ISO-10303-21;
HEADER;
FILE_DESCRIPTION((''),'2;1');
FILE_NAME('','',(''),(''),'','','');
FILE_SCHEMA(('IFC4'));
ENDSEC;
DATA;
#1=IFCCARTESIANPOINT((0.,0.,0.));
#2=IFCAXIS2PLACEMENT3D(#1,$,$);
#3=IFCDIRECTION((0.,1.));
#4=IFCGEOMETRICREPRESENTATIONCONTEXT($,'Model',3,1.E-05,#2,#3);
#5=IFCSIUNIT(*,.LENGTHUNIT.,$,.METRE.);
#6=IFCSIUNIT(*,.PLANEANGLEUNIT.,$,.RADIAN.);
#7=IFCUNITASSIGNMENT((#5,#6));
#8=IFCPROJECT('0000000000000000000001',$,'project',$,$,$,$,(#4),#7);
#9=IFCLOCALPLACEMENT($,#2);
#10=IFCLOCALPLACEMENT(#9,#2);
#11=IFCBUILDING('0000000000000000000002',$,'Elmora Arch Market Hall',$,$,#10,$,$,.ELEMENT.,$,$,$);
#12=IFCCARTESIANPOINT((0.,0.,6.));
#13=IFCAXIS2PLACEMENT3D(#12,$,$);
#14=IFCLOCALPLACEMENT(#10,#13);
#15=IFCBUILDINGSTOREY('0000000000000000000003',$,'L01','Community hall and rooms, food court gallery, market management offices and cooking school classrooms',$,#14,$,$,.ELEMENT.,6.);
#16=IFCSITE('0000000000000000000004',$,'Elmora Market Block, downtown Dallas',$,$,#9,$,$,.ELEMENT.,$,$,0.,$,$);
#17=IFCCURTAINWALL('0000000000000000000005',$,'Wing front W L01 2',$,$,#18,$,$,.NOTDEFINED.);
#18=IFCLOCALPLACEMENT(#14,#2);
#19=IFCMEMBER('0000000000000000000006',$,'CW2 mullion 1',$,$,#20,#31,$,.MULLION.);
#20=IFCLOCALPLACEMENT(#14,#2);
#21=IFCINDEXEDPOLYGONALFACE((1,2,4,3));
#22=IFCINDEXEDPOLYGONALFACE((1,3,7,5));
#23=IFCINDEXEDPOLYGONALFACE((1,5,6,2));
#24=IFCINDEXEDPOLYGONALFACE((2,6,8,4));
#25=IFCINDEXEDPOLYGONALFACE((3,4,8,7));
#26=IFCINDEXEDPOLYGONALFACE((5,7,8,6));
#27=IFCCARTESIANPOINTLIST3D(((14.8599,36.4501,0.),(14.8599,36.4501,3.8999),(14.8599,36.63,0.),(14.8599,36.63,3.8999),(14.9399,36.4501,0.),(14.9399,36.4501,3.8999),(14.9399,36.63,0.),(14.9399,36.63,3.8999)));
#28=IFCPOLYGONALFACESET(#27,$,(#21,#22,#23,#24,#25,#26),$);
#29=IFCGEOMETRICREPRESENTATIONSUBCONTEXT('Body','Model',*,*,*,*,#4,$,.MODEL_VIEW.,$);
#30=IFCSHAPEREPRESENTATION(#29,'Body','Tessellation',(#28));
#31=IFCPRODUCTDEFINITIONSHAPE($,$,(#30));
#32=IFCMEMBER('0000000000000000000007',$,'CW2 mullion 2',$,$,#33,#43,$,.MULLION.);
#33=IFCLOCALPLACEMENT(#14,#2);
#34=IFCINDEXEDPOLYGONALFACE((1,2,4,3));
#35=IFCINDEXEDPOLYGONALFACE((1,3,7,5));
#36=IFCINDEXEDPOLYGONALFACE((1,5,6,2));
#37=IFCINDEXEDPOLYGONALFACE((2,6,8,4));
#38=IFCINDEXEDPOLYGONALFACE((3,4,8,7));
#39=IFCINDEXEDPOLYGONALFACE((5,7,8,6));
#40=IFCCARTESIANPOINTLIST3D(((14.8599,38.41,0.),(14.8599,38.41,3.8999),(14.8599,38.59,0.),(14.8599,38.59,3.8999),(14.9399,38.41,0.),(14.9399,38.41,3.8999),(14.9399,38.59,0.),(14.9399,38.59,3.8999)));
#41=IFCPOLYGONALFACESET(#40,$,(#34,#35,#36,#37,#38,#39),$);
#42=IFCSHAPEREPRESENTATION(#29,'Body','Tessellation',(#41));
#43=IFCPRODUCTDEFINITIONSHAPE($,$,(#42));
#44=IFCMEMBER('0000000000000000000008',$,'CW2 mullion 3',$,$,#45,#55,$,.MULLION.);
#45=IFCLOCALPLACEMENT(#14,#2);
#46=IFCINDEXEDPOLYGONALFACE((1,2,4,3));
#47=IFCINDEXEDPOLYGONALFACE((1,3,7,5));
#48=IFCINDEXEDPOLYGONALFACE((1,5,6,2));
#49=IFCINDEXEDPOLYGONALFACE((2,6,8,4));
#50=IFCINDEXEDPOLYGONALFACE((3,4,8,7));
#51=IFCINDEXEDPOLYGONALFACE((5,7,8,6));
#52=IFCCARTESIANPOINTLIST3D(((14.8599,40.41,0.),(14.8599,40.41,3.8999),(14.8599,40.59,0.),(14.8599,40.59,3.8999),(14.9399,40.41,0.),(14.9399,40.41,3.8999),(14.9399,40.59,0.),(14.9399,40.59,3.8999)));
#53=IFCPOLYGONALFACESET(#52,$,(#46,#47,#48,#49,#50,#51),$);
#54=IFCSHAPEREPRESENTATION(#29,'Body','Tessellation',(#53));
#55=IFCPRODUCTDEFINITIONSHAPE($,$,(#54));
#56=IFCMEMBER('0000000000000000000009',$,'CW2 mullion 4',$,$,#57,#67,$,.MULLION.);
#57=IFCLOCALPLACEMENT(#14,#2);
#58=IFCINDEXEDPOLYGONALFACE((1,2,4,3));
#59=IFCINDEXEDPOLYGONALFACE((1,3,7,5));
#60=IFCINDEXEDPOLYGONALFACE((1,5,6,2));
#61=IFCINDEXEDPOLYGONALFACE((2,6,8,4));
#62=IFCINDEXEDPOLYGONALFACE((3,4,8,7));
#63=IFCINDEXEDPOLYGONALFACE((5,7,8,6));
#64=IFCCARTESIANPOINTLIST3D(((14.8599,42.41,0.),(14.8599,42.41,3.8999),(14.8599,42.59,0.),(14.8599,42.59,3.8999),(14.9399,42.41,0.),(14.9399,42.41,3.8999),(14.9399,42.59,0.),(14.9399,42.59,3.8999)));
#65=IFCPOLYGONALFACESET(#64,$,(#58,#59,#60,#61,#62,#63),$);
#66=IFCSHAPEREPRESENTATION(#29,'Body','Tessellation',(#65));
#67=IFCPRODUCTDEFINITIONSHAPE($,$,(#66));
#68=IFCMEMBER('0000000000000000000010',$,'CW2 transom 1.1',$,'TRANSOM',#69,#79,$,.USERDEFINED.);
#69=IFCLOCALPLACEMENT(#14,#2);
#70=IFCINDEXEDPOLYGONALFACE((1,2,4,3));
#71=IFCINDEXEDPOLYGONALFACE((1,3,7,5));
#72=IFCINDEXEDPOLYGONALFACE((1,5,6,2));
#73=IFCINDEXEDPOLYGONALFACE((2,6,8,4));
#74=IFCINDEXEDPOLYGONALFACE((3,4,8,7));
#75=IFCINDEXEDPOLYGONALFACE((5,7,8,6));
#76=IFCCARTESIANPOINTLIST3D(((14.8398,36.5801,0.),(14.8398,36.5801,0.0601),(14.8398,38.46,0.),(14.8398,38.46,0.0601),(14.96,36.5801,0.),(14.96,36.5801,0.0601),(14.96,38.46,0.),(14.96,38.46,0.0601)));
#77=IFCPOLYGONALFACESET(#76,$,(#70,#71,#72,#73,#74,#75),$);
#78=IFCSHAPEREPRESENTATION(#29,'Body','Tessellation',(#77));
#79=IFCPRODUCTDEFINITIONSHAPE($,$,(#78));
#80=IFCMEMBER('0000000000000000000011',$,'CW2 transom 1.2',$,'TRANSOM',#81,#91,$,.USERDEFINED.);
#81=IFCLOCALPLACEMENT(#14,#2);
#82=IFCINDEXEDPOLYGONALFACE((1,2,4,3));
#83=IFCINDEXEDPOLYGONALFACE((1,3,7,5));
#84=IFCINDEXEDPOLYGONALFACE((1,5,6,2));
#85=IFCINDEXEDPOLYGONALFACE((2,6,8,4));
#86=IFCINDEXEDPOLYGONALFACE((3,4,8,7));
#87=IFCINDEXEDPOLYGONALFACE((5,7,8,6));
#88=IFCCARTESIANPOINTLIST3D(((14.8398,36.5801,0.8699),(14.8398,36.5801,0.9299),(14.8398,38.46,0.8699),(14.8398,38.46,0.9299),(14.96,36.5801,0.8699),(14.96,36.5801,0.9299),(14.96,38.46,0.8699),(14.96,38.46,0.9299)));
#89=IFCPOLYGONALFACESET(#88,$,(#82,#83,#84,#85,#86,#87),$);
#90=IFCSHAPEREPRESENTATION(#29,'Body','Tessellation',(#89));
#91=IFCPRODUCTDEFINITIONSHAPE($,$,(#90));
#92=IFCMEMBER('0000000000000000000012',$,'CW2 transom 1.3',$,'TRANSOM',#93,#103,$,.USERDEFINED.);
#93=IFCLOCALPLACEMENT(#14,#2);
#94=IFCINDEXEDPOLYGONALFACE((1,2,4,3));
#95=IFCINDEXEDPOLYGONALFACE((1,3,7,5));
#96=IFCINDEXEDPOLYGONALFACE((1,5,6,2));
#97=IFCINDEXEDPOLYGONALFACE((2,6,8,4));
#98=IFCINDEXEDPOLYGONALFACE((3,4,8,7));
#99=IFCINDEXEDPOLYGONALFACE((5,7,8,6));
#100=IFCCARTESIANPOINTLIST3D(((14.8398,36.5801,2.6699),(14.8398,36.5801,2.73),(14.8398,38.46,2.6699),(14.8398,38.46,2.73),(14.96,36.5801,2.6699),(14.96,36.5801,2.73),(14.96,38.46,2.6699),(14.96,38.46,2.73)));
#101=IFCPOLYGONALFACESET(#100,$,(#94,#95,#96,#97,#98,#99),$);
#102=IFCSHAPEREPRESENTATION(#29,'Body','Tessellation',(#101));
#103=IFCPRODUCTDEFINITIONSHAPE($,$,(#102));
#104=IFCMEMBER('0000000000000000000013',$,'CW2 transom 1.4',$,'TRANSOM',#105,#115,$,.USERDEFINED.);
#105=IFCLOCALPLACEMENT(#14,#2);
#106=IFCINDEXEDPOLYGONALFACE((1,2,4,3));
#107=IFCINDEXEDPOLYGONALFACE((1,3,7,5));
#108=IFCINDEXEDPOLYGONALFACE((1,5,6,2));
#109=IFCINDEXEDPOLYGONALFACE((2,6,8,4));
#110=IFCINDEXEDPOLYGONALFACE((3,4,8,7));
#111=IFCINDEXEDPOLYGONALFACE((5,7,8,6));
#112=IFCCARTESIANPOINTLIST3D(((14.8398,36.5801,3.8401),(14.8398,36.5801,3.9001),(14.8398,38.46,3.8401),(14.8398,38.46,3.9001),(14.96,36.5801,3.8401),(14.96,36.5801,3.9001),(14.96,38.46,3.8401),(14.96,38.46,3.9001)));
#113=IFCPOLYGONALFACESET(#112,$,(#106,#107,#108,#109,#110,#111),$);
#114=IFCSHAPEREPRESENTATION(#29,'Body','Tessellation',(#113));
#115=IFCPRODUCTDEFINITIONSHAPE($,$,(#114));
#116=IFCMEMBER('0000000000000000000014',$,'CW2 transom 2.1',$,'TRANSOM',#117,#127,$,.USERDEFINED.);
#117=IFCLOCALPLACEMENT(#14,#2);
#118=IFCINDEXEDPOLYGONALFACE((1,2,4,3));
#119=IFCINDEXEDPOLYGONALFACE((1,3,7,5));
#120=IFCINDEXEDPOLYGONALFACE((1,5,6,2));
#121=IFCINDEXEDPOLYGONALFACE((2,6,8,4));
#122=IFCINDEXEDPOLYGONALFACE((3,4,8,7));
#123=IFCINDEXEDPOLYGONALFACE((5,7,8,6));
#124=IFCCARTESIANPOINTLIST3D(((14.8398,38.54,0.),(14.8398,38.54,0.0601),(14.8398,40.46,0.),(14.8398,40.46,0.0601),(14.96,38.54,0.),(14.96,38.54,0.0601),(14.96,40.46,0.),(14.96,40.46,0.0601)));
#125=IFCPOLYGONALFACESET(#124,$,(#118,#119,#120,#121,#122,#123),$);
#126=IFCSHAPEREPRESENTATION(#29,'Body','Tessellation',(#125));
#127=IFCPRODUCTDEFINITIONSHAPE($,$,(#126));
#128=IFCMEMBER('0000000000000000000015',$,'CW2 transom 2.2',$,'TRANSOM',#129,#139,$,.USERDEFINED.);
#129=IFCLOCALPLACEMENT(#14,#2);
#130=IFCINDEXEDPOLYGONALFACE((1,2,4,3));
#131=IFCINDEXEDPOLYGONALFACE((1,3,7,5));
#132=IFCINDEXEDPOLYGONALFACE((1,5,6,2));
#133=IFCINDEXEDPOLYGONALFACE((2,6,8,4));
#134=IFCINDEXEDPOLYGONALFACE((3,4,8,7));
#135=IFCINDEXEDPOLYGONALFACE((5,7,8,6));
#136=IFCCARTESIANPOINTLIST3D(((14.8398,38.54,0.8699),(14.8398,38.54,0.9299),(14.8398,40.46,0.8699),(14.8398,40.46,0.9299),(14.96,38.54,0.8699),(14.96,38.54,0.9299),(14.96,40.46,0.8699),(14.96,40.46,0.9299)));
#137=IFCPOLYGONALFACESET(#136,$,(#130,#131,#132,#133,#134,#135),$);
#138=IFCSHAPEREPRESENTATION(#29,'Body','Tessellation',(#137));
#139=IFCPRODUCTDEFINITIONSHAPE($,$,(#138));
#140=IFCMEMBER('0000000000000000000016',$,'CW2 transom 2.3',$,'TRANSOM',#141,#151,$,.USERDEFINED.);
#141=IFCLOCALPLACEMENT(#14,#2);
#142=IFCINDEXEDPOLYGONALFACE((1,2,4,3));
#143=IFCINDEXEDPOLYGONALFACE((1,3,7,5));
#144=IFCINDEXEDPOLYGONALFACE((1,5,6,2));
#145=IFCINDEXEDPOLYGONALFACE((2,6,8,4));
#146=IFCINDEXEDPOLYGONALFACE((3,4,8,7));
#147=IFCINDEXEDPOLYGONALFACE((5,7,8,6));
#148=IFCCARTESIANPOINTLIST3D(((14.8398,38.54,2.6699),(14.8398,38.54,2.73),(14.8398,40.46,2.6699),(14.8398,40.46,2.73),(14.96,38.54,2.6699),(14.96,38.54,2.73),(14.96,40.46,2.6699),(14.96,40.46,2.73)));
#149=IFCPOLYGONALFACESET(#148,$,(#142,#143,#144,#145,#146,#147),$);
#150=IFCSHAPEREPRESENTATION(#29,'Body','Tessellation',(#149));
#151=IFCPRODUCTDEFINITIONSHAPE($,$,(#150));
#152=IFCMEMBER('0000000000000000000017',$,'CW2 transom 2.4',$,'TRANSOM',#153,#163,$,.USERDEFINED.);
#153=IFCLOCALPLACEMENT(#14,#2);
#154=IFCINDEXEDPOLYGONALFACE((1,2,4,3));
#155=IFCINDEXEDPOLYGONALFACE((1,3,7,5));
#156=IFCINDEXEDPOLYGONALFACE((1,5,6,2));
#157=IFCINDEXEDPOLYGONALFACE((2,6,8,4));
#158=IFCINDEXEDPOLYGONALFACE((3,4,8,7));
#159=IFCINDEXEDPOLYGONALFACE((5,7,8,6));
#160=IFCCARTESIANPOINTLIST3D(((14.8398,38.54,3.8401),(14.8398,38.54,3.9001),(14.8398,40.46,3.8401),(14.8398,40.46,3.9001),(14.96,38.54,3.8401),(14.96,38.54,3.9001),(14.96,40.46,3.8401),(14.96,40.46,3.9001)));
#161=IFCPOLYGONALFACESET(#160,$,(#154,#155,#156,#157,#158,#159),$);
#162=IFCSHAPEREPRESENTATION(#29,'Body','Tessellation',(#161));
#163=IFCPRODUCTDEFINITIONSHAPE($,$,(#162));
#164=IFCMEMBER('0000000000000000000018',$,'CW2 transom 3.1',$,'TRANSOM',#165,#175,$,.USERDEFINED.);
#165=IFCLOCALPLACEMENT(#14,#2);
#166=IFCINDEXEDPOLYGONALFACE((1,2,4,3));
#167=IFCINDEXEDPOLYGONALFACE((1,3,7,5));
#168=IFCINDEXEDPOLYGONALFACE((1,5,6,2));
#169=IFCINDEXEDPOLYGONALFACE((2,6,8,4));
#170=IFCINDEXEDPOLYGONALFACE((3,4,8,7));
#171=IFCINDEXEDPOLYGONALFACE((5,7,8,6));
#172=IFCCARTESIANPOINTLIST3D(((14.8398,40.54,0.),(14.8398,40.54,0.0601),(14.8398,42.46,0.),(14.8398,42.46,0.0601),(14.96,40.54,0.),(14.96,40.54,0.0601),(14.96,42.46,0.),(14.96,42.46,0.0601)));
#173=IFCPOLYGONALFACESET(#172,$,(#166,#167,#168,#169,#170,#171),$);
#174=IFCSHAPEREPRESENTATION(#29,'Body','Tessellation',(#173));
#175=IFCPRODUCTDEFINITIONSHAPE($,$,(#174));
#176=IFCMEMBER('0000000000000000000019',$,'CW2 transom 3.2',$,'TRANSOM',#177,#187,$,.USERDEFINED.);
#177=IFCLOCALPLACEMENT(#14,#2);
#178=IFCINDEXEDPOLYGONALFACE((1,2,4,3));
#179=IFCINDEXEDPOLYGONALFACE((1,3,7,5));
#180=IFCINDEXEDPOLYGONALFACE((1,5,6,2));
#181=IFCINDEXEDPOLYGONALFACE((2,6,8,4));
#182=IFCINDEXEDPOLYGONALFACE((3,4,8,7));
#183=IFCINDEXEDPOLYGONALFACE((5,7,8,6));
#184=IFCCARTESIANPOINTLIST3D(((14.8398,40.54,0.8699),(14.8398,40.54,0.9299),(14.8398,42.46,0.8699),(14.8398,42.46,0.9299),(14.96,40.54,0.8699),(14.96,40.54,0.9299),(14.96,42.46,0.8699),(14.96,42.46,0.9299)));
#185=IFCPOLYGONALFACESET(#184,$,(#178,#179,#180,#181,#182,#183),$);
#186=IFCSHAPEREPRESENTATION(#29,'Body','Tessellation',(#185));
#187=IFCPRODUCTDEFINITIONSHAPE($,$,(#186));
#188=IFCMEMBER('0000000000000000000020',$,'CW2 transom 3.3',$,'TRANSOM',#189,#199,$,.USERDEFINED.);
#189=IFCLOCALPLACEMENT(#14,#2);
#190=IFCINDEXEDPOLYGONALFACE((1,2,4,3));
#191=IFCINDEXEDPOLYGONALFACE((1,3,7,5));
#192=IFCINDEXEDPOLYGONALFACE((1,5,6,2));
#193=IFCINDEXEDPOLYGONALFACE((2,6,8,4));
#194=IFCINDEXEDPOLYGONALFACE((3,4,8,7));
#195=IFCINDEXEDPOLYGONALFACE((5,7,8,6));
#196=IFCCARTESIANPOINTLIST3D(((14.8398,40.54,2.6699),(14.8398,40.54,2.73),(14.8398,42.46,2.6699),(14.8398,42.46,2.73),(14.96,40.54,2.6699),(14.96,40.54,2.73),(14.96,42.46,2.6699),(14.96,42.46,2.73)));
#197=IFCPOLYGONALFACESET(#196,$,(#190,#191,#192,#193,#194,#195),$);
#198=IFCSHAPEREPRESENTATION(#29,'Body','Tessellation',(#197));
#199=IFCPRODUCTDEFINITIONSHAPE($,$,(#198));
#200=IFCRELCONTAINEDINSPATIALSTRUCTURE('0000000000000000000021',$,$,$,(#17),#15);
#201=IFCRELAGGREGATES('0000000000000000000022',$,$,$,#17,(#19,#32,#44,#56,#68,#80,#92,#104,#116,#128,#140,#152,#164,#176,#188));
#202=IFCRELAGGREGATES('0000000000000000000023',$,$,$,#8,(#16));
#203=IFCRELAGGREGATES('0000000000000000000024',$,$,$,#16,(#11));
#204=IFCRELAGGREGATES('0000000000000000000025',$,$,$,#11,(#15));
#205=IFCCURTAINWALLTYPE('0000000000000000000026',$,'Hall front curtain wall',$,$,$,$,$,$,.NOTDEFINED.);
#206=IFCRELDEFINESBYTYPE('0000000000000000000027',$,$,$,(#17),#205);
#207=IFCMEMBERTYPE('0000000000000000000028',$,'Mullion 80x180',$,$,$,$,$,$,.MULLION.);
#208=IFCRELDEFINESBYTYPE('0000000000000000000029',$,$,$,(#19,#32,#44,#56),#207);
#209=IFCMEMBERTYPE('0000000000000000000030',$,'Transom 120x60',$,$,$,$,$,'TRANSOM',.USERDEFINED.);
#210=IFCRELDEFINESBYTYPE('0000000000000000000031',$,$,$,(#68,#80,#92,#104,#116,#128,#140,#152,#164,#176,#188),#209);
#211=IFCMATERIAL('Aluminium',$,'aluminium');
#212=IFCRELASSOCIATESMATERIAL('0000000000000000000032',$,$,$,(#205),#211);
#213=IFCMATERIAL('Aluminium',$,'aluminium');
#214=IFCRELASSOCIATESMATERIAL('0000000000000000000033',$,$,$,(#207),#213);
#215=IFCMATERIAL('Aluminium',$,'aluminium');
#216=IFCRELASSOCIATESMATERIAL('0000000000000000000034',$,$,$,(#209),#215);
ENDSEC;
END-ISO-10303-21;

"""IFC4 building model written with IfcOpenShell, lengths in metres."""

from ifc_helpers import new_model, si_unit, direction, frame, origin, origin_2d, place, context, subcontext, project, spatial, rectangle, extrude, material, material_profile, profile_set, type_object, element, aggregate, save


model = new_model("IFC4")

# Units and contexts
model_context = context("Model", 3, precision=1e-05, world=origin(), true_north=direction((0.0, 1.0)))
body_context = subcontext(model_context, "Body", "Model", "MODEL_VIEW")
ifc_project = project(units=[si_unit("LENGTHUNIT", "METRE"), si_unit("PLANEANGLEUNIT", "RADIAN")], contexts=[model_context])

# Site, building, storey
site_placement = place(None, origin())
site = spatial("IfcSite", under=ifc_project, at=site_placement, Name="Elmora Market Block, downtown Dallas", CompositionType="ELEMENT", RefElevation=0.0)
building_placement = place(site_placement, origin())
building = spatial("IfcBuilding", under=site, at=building_placement, Name="Elmora Arch Market Hall", CompositionType="ELEMENT")
storey_placement = place(building_placement, frame((0.0, 0.0, 6.0)))
storey = spatial("IfcBuildingStorey", under=building, at=storey_placement, Name="L01", Description="Community hall and rooms, food court gallery, market management offices and cooking school classrooms", CompositionType="ELEMENT", Elevation=6.0)

# Curtain wall, members
ifc_material_1 = material(Name="Aluminium", Category="aluminium")
curtain_wall_type = type_object("IfcCurtainWallType", Name="Hall front curtain wall", PredefinedType="NOTDEFINED", material=ifc_material_1)
curtain_wall_placement = place(storey_placement, origin())
curtain_wall = element("IfcCurtainWall", 1, at=curtain_wall_placement, inside=storey, type_object=curtain_wall_type, Name="Wing front W L01 2", PredefinedType="NOTDEFINED")
ifc_material_2 = material(Name="Aluminium", Category="aluminium")
ifc_material_profile_1 = material_profile(ifc_material_2, rectangle(XDim=0.0801, YDim=0.1799, at=origin_2d()), Name="AL 80x180")
ifc_profile_set_1 = profile_set([ifc_material_profile_1], Name="Aluminium")
member_type_1 = type_object("IfcMemberType", Name="Mullion 80x180", PredefinedType="MULLION", material=ifc_profile_set_1)
member_1_placement = place(storey_placement, frame((14.8999, 36.54, 0.0), z_axis=(0.0, 0.0, 1.0), x_axis=(-1.0, 0.0, 0.0)))
member_1 = element("IfcMember", 2, at=member_1_placement, type_object=member_type_1, Name="CW2 mullion 1", PredefinedType="MULLION", context=body_context, shape_type="SweptSolid", body=[
    extrude(rectangle(XDim=0.0801, YDim=0.1799, at=origin_2d()), origin(), (0.0, 0.0, 1.0), 3.8999),
])
member_2_placement = place(storey_placement, frame((14.8999, 38.5, 0.0), z_axis=(0.0, 0.0, 1.0), x_axis=(-1.0, 0.0, 0.0)))
member_2 = element("IfcMember", 3, at=member_2_placement, type_object=member_type_1, Name="CW2 mullion 2", PredefinedType="MULLION", context=body_context, shape_type="SweptSolid", body=[
    extrude(rectangle(XDim=0.0801, YDim=0.1799, at=origin_2d()), origin(), (0.0, 0.0, 1.0), 3.8999),
])
member_3_placement = place(storey_placement, frame((14.8999, 40.5, 0.0), z_axis=(0.0, 0.0, 1.0), x_axis=(-1.0, 0.0, 0.0)))
member_3 = element("IfcMember", 4, at=member_3_placement, type_object=member_type_1, Name="CW2 mullion 3", PredefinedType="MULLION", context=body_context, shape_type="SweptSolid", body=[
    extrude(rectangle(XDim=0.0801, YDim=0.1799, at=origin_2d()), origin(), (0.0, 0.0, 1.0), 3.8999),
])
member_4_placement = place(storey_placement, frame((14.8999, 42.5, 0.0), z_axis=(0.0, 0.0, 1.0), x_axis=(-1.0, 0.0, 0.0)))
member_4 = element("IfcMember", 5, at=member_4_placement, type_object=member_type_1, Name="CW2 mullion 4", PredefinedType="MULLION", context=body_context, shape_type="SweptSolid", body=[
    extrude(rectangle(XDim=0.0801, YDim=0.1799, at=origin_2d()), origin(), (0.0, 0.0, 1.0), 3.8999),
])
ifc_material_3 = material(Name="Aluminium", Category="aluminium")
ifc_material_profile_2 = material_profile(ifc_material_3, rectangle(XDim=0.1201, YDim=0.0601, at=origin_2d()), Name="AL 120x60")
ifc_profile_set_2 = profile_set([ifc_material_profile_2], Name="Aluminium")
member_type_2 = type_object("IfcMemberType", Name="Transom 120x60", ElementType="TRANSOM", PredefinedType="USERDEFINED", material=ifc_profile_set_2)
member_5_placement = place(storey_placement, frame((14.8999, 36.5801, 0.03), z_axis=(0.0, 1.0, 0.0), x_axis=(-1.0, 0.0, 0.0)))
member_5 = element("IfcMember", 6, at=member_5_placement, type_object=member_type_2, Name="CW2 transom 1.1", ObjectType="TRANSOM", PredefinedType="USERDEFINED", context=body_context, shape_type="SweptSolid", body=[
    extrude(rectangle(XDim=0.1201, YDim=0.0601, at=origin_2d()), origin(), (0.0, 0.0, 1.0), 1.8799),
])
member_6_placement = place(storey_placement, frame((14.8999, 36.5801, 0.8999), z_axis=(0.0, 1.0, 0.0), x_axis=(-1.0, 0.0, 0.0)))
member_6 = element("IfcMember", 7, at=member_6_placement, type_object=member_type_2, Name="CW2 transom 1.2", ObjectType="TRANSOM", PredefinedType="USERDEFINED", context=body_context, shape_type="SweptSolid", body=[
    extrude(rectangle(XDim=0.1201, YDim=0.0601, at=origin_2d()), origin(), (0.0, 0.0, 1.0), 1.8799),
])
member_7_placement = place(storey_placement, frame((14.8999, 36.5801, 2.7), z_axis=(0.0, 1.0, 0.0), x_axis=(-1.0, 0.0, 0.0)))
member_7 = element("IfcMember", 8, at=member_7_placement, type_object=member_type_2, Name="CW2 transom 1.3", ObjectType="TRANSOM", PredefinedType="USERDEFINED", context=body_context, shape_type="SweptSolid", body=[
    extrude(rectangle(XDim=0.1201, YDim=0.0601, at=origin_2d()), origin(), (0.0, 0.0, 1.0), 1.8799),
])
member_8_placement = place(storey_placement, frame((14.8999, 36.5801, 3.8701), z_axis=(0.0, 1.0, 0.0), x_axis=(-1.0, 0.0, 0.0)))
member_8 = element("IfcMember", 9, at=member_8_placement, type_object=member_type_2, Name="CW2 transom 1.4", ObjectType="TRANSOM", PredefinedType="USERDEFINED", context=body_context, shape_type="SweptSolid", body=[
    extrude(rectangle(XDim=0.1201, YDim=0.0601, at=origin_2d()), origin(), (0.0, 0.0, 1.0), 1.8799),
])
member_9_placement = place(storey_placement, frame((14.8999, 38.54, 0.03), z_axis=(0.0, 1.0, 0.0), x_axis=(-1.0, 0.0, 0.0)))
member_9 = element("IfcMember", 10, at=member_9_placement, type_object=member_type_2, Name="CW2 transom 2.1", ObjectType="TRANSOM", PredefinedType="USERDEFINED", context=body_context, shape_type="SweptSolid", body=[
    extrude(rectangle(XDim=0.1201, YDim=0.0601, at=origin_2d()), origin(), (0.0, 0.0, 1.0), 1.9199),
])
member_10_placement = place(storey_placement, frame((14.8999, 38.54, 0.8999), z_axis=(0.0, 1.0, 0.0), x_axis=(-1.0, 0.0, 0.0)))
member_10 = element("IfcMember", 11, at=member_10_placement, type_object=member_type_2, Name="CW2 transom 2.2", ObjectType="TRANSOM", PredefinedType="USERDEFINED", context=body_context, shape_type="SweptSolid", body=[
    extrude(rectangle(XDim=0.1201, YDim=0.0601, at=origin_2d()), origin(), (0.0, 0.0, 1.0), 1.9199),
])
member_11_placement = place(storey_placement, frame((14.8999, 38.54, 2.7), z_axis=(0.0, 1.0, 0.0), x_axis=(-1.0, 0.0, 0.0)))
member_11 = element("IfcMember", 12, at=member_11_placement, type_object=member_type_2, Name="CW2 transom 2.3", ObjectType="TRANSOM", PredefinedType="USERDEFINED", context=body_context, shape_type="SweptSolid", body=[
    extrude(rectangle(XDim=0.1201, YDim=0.0601, at=origin_2d()), origin(), (0.0, 0.0, 1.0), 1.9199),
])
member_12_placement = place(storey_placement, frame((14.8999, 38.54, 3.8701), z_axis=(0.0, 1.0, 0.0), x_axis=(-1.0, 0.0, 0.0)))
member_12 = element("IfcMember", 13, at=member_12_placement, type_object=member_type_2, Name="CW2 transom 2.4", ObjectType="TRANSOM", PredefinedType="USERDEFINED", context=body_context, shape_type="SweptSolid", body=[
    extrude(rectangle(XDim=0.1201, YDim=0.0601, at=origin_2d()), origin(), (0.0, 0.0, 1.0), 1.9199),
])
member_13_placement = place(storey_placement, frame((14.8999, 40.54, 0.03), z_axis=(0.0, 1.0, 0.0), x_axis=(-1.0, 0.0, 0.0)))
member_13 = element("IfcMember", 14, at=member_13_placement, type_object=member_type_2, Name="CW2 transom 3.1", ObjectType="TRANSOM", PredefinedType="USERDEFINED", context=body_context, shape_type="SweptSolid", body=[
    extrude(rectangle(XDim=0.1201, YDim=0.0601, at=origin_2d()), origin(), (0.0, 0.0, 1.0), 1.9199),
])
member_14_placement = place(storey_placement, frame((14.8999, 40.54, 0.8999), z_axis=(0.0, 1.0, 0.0), x_axis=(-1.0, 0.0, 0.0)))
member_14 = element("IfcMember", 15, at=member_14_placement, type_object=member_type_2, Name="CW2 transom 3.2", ObjectType="TRANSOM", PredefinedType="USERDEFINED", context=body_context, shape_type="SweptSolid", body=[
    extrude(rectangle(XDim=0.1201, YDim=0.0601, at=origin_2d()), origin(), (0.0, 0.0, 1.0), 1.9199),
])
member_15_placement = place(storey_placement, frame((14.8999, 40.54, 2.7), z_axis=(0.0, 1.0, 0.0), x_axis=(-1.0, 0.0, 0.0)))
member_15 = element("IfcMember", 16, at=member_15_placement, type_object=member_type_2, Name="CW2 transom 3.3", ObjectType="TRANSOM", PredefinedType="USERDEFINED", context=body_context, shape_type="SweptSolid", body=[
    extrude(rectangle(XDim=0.1201, YDim=0.0601, at=origin_2d()), origin(), (0.0, 0.0, 1.0), 1.9199),
])
aggregate(curtain_wall, [member_1, member_2, member_3, member_4, member_5, member_6, member_7, member_8, member_9, member_10, member_11, member_12, member_13, member_14, member_15])

save(model, "model.ifc")
